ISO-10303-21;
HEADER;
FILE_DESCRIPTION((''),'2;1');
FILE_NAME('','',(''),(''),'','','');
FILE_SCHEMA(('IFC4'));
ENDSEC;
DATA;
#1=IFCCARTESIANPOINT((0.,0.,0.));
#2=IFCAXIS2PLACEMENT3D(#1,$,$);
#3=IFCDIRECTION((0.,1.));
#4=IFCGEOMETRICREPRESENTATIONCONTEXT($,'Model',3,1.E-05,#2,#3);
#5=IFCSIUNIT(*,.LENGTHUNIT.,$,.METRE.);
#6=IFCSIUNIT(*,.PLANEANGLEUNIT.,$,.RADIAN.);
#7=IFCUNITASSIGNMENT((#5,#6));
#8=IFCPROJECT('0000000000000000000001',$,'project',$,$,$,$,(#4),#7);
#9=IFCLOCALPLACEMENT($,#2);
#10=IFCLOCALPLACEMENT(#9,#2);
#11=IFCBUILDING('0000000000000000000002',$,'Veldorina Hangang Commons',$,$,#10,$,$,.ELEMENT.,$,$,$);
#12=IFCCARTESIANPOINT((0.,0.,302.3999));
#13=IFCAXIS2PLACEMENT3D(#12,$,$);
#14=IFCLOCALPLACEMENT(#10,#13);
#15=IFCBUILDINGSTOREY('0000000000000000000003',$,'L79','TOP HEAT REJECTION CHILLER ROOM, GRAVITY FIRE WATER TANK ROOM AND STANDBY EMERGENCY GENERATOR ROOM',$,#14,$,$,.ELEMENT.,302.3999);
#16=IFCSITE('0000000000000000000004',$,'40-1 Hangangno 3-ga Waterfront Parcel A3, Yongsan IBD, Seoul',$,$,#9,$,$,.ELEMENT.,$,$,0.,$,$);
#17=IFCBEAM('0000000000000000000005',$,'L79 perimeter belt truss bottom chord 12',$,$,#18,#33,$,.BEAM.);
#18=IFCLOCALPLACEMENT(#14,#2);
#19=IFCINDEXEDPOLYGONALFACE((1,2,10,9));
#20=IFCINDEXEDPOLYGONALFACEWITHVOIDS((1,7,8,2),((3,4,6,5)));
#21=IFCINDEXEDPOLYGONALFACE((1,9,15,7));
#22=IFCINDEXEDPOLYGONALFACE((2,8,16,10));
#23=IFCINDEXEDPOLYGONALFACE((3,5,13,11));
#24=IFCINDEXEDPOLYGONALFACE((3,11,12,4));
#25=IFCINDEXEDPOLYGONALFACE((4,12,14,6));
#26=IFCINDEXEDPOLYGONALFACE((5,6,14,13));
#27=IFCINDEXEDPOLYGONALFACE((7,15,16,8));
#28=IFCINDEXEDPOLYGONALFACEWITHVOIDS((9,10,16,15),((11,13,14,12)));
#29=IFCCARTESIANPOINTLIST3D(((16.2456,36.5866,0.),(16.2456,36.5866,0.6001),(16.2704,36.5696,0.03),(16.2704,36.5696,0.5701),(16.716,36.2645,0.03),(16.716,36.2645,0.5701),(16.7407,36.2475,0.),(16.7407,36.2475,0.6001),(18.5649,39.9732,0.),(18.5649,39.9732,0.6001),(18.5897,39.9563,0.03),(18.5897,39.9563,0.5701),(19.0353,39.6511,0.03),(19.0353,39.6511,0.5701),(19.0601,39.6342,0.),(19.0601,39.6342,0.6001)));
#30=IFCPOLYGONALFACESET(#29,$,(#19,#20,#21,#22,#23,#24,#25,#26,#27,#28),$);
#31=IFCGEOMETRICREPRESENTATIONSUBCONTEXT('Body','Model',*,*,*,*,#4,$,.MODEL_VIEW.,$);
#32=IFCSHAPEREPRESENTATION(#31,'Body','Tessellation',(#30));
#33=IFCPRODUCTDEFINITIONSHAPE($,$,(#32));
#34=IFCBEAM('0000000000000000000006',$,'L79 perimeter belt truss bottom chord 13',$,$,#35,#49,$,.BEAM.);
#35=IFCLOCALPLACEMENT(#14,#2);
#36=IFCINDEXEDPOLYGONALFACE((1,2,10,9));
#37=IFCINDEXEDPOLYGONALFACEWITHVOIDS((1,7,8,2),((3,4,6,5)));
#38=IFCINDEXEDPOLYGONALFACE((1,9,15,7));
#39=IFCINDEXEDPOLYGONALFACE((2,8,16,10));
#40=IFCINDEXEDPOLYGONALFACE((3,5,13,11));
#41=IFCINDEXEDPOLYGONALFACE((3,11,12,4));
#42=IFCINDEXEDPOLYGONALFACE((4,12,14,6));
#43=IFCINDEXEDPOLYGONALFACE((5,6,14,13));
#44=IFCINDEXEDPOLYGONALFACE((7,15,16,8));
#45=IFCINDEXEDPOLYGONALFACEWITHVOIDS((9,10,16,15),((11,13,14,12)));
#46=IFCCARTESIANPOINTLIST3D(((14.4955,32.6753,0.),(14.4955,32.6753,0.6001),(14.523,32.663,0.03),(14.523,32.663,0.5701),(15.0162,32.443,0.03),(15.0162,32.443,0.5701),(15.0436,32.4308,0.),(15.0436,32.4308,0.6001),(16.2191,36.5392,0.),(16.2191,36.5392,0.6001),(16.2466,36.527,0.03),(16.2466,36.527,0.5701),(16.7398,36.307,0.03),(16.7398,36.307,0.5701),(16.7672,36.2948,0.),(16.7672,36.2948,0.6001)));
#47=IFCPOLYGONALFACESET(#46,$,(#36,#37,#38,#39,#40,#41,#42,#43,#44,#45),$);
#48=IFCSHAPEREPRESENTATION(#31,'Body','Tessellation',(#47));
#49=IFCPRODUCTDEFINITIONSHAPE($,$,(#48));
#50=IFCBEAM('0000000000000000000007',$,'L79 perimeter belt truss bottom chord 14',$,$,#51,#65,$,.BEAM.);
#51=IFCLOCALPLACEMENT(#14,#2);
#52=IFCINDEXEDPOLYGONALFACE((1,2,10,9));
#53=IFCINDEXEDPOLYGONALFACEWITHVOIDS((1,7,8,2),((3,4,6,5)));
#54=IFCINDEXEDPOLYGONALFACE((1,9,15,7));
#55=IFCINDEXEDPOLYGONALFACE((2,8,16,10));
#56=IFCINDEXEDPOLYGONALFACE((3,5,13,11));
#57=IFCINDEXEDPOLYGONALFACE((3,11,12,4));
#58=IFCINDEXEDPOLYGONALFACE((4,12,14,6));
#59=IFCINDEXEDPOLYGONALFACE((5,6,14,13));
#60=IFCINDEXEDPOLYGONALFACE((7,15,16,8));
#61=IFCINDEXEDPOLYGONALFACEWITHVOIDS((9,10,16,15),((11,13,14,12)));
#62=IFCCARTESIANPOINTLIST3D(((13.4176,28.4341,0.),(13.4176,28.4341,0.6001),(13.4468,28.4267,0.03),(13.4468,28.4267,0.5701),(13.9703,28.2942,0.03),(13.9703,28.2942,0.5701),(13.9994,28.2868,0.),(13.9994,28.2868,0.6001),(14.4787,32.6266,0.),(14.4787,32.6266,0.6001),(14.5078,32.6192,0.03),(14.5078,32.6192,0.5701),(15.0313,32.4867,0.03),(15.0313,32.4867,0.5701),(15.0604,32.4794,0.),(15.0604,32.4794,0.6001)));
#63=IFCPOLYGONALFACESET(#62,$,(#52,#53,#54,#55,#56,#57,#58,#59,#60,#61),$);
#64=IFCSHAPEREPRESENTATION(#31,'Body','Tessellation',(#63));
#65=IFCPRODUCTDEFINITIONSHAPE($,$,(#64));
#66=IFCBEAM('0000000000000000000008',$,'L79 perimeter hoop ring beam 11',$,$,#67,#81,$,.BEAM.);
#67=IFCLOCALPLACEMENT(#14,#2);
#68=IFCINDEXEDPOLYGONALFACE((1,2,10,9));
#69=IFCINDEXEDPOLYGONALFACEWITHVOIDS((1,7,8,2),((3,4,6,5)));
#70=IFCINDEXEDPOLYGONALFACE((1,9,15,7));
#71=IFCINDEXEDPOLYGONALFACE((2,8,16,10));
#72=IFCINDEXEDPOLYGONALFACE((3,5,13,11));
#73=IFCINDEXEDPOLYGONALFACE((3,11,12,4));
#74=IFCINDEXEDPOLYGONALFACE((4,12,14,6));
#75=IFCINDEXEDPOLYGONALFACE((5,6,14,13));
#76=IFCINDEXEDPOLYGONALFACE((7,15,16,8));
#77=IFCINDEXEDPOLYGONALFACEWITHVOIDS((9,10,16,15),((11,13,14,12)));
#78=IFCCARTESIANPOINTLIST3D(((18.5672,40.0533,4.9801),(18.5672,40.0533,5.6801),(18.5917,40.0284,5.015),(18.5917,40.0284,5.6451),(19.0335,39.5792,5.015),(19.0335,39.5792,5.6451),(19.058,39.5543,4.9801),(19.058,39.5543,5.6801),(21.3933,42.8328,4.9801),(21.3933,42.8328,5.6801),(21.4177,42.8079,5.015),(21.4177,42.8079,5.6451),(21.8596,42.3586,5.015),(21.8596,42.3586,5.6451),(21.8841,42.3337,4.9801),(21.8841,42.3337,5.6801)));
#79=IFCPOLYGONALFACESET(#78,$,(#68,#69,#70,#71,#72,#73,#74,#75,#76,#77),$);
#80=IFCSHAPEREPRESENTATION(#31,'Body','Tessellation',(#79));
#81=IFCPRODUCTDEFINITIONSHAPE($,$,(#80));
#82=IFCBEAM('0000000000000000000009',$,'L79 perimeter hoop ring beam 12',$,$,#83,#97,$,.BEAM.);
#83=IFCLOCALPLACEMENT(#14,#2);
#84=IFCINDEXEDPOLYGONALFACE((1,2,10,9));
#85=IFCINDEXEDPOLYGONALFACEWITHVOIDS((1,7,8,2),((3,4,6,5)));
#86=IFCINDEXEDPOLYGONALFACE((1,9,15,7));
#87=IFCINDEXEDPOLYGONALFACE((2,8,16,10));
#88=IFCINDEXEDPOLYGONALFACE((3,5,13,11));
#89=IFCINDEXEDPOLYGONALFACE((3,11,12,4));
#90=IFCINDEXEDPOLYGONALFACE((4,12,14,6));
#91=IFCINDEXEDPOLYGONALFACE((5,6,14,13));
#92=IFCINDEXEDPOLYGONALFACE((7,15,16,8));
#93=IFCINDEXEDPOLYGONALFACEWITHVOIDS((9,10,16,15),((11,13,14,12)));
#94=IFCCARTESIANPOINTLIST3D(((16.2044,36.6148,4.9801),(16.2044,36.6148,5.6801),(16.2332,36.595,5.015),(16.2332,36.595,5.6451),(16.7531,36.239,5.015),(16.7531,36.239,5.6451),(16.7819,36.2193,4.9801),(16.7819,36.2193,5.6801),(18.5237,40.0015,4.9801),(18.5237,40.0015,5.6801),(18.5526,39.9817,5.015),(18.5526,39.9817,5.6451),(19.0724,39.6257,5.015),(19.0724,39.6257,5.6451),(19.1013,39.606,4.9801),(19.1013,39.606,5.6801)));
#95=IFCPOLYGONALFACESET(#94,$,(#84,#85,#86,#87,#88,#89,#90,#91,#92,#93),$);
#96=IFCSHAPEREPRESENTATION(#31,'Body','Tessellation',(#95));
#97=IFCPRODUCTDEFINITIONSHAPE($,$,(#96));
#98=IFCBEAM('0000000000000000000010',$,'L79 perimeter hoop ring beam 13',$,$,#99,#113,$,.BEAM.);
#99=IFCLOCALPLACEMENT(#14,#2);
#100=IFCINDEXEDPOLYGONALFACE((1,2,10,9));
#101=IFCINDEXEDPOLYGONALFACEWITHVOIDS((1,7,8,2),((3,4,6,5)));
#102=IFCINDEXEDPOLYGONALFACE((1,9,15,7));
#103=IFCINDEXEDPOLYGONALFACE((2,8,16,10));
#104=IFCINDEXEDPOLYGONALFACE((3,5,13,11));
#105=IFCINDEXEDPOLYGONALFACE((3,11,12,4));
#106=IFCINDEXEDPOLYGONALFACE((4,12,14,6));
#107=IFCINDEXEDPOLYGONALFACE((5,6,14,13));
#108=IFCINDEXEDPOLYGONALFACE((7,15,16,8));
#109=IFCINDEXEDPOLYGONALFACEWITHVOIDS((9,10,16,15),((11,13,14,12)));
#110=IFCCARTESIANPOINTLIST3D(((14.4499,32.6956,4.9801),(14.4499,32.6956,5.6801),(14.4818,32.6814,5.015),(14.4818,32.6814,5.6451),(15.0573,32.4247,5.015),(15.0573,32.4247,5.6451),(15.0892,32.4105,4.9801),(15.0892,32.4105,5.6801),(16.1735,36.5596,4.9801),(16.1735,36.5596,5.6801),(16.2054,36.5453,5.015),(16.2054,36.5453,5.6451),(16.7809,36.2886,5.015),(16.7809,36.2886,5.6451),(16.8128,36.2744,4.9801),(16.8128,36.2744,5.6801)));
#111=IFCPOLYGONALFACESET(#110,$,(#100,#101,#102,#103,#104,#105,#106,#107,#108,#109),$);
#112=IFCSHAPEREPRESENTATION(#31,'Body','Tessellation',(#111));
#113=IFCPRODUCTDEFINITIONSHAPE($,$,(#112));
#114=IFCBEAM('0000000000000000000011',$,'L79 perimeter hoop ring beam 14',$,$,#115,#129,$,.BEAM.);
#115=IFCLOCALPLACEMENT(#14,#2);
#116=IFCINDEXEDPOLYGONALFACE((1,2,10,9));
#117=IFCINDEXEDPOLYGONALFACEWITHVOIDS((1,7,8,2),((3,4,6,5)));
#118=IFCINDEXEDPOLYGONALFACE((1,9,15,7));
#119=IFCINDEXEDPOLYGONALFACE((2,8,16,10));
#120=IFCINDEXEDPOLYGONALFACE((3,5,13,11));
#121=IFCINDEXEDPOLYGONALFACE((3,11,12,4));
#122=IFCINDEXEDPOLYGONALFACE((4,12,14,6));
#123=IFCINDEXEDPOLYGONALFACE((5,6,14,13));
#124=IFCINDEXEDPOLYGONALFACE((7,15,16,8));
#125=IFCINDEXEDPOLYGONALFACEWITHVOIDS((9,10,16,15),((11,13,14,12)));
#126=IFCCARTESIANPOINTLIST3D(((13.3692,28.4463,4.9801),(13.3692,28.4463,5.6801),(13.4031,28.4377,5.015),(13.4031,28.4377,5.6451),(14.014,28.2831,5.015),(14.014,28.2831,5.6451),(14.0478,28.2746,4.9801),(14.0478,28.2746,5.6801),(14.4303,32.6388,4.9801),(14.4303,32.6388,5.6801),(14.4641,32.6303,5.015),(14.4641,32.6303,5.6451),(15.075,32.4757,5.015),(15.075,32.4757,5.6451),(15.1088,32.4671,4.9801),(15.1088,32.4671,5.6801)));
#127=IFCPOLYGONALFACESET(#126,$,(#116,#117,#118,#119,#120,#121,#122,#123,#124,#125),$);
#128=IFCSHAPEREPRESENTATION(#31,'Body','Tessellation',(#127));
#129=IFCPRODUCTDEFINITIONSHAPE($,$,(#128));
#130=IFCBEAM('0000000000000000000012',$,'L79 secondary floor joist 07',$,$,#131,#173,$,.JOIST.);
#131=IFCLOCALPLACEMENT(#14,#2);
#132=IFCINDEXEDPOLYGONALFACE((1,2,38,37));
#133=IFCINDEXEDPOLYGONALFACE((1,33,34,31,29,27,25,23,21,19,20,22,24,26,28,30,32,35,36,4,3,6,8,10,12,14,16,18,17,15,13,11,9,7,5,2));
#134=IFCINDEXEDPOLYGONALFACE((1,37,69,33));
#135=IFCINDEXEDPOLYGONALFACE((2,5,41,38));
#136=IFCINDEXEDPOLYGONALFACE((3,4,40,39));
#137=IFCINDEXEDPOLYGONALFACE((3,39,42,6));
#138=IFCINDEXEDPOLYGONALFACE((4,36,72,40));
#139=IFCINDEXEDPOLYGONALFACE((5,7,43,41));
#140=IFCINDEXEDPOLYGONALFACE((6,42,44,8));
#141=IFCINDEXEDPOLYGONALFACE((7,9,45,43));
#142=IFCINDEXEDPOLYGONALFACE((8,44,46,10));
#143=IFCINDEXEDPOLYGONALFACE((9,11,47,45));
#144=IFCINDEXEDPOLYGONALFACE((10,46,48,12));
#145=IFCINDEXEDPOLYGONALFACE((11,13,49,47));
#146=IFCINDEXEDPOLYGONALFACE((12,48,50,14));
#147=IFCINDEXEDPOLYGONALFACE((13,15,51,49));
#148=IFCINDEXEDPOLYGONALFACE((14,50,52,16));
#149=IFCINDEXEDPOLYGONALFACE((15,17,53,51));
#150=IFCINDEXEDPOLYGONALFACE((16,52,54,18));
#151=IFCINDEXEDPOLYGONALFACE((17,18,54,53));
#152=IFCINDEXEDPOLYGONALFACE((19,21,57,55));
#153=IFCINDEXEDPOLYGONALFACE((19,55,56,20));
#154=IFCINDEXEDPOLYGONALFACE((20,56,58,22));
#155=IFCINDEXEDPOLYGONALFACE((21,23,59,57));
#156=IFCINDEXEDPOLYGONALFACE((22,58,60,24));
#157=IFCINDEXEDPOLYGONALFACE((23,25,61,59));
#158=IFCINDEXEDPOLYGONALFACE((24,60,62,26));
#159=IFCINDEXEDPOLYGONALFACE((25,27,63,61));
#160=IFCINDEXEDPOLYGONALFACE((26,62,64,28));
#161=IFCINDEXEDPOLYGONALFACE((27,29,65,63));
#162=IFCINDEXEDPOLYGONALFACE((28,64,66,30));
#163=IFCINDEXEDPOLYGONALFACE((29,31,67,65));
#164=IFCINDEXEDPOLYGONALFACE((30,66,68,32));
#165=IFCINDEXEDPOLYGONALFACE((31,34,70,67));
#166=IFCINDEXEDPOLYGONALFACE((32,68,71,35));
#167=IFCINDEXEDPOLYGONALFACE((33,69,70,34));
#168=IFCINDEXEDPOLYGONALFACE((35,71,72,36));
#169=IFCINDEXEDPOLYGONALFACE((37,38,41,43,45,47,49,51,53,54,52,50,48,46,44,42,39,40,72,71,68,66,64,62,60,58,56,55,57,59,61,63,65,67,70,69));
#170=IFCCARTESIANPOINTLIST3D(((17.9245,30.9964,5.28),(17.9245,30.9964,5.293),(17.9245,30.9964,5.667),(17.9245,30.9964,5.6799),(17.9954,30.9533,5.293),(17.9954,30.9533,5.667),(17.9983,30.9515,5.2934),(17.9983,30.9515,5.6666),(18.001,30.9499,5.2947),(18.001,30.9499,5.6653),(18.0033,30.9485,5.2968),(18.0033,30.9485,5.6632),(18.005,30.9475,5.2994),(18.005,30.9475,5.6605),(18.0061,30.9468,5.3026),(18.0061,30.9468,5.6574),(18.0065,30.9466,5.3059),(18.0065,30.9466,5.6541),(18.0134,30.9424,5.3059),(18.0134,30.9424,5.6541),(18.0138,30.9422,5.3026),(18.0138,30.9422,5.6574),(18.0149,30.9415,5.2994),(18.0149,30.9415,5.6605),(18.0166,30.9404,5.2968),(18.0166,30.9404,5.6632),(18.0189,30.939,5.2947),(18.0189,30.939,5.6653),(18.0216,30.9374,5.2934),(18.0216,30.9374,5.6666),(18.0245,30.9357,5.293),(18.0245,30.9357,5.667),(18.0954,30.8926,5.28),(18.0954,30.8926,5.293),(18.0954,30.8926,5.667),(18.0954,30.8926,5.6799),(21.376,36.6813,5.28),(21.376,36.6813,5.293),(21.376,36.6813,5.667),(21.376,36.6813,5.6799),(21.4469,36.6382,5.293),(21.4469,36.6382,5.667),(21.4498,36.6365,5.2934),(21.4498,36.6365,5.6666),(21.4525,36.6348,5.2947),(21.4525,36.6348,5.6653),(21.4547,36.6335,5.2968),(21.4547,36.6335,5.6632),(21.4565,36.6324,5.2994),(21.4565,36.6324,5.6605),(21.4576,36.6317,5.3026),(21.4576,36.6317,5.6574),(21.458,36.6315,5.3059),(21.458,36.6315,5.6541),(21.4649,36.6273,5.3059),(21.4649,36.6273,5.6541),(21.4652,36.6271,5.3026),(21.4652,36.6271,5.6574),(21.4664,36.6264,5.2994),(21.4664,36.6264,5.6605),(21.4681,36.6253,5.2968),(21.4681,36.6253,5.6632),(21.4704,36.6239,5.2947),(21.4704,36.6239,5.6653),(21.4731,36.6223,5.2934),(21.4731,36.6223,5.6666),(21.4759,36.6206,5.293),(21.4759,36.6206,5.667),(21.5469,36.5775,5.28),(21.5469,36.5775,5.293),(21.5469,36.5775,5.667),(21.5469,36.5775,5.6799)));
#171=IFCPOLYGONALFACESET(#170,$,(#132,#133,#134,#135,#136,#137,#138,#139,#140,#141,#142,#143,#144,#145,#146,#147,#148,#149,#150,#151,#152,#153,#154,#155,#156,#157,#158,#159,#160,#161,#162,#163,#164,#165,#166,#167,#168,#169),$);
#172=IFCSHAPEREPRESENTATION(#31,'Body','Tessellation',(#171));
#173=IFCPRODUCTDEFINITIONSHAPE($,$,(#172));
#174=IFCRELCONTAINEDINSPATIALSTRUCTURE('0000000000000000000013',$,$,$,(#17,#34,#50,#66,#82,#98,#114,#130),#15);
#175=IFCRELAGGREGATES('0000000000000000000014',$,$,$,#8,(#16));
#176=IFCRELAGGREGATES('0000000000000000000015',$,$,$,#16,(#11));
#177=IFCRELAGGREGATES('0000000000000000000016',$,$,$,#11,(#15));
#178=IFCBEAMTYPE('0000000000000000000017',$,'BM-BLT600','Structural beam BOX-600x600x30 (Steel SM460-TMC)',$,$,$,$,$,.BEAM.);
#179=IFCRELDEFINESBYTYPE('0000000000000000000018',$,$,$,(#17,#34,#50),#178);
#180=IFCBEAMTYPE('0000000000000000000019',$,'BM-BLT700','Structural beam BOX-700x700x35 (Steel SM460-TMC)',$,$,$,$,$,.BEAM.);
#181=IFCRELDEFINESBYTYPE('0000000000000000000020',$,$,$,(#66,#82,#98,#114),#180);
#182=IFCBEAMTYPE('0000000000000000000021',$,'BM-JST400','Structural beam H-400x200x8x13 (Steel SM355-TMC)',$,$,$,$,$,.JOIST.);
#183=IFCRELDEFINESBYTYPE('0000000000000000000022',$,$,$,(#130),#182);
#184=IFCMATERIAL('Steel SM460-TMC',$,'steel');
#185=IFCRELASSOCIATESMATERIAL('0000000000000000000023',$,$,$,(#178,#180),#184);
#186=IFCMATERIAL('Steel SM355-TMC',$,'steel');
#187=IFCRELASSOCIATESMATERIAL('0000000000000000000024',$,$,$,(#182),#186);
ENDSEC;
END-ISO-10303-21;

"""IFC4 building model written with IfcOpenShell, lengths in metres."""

from ifc_helpers import new_model, si_unit, direction, frame, origin, origin_2d, place, context, subcontext, project, spatial, hollow_rectangle, i_section, extrude, material, material_profile, profile_set, type_object, element, save


model = new_model("IFC4")

# Units and contexts
model_context = context("Model", 3, precision=1e-05, world=origin(), true_north=direction((0.0, 1.0)))
body_context = subcontext(model_context, "Body", "Model", "MODEL_VIEW")
ifc_project = project(units=[si_unit("LENGTHUNIT", "METRE"), si_unit("PLANEANGLEUNIT", "RADIAN")], contexts=[model_context])

# Site, building, storey
site_placement = place(None, origin())
site = spatial("IfcSite", under=ifc_project, at=site_placement, Name="40-1 Hangangno 3-ga Waterfront Parcel A3, Yongsan IBD, Seoul", CompositionType="ELEMENT", RefElevation=0.0)
building_placement = place(site_placement, origin())
building = spatial("IfcBuilding", under=site, at=building_placement, Name="Veldorina Hangang Commons", CompositionType="ELEMENT")
storey_placement = place(building_placement, frame((0.0, 0.0, 302.3999)))
storey = spatial("IfcBuildingStorey", under=building, at=storey_placement, Name="L79", Description="TOP HEAT REJECTION CHILLER ROOM, GRAVITY FIRE WATER TANK ROOM AND STANDBY EMERGENCY GENERATOR ROOM", CompositionType="ELEMENT", Elevation=302.3999)

# Beams
ifc_material_1 = material(Name="Steel SM460-TMC", Category="steel")
ifc_material_profile_1 = material_profile(ifc_material_1, hollow_rectangle(XDim=0.6001, YDim=0.6001, WallThickness=0.03, at=origin_2d()), Name="BOX-600x600x30")
ifc_profile_set_1 = profile_set([ifc_material_profile_1], Name="Steel SM460-TMC")
beam_type_1 = type_object("IfcBeamType", Name="BM-BLT600", Description="Structural beam BOX-600x600x30 (Steel SM460-TMC)", PredefinedType="BEAM", material=ifc_profile_set_1)
beam_1_placement = place(storey_placement, frame((18.8125, 39.8037, 0.3), z_axis=(-0.565034, -0.825068, 0.0), x_axis=(0.825068, -0.565034, 0.0)))
element("IfcBeam", 1, at=beam_1_placement, inside=storey, type_object=beam_type_1, Name="L79 perimeter belt truss bottom chord 12", PredefinedType="BEAM", context=body_context, shape_type="SweptSolid", body=[
    extrude(hollow_rectangle(XDim=0.6001, YDim=0.6001, WallThickness=0.03, at=origin_2d()), origin(), (0.0, 0.0, 1.0), 4.1047),
])
beam_2_placement = place(storey_placement, frame((16.4932, 36.417, 0.3), z_axis=(-0.40738, -0.913259, 0.0), x_axis=(0.913259, -0.40738, 0.0)))
element("IfcBeam", 2, at=beam_2_placement, inside=storey, type_object=beam_type_1, Name="L79 perimeter belt truss bottom chord 13", PredefinedType="BEAM", context=body_context, shape_type="SweptSolid", body=[
    extrude(hollow_rectangle(XDim=0.6001, YDim=0.6001, WallThickness=0.03, at=origin_2d()), origin(), (0.0, 0.0, 1.0), 4.231),
])
beam_3_placement = place(storey_placement, frame((14.7695, 32.553, 0.3), z_axis=(-0.245337, -0.969438, 0.0), x_axis=(0.969438, -0.245337, 0.0)))
element("IfcBeam", 3, at=beam_3_placement, inside=storey, type_object=beam_type_1, Name="L79 perimeter belt truss bottom chord 14", PredefinedType="BEAM", context=body_context, shape_type="SweptSolid", body=[
    extrude(hollow_rectangle(XDim=0.6001, YDim=0.6001, WallThickness=0.03, at=origin_2d()), origin(), (0.0, 0.0, 1.0), 4.3247),
])
ifc_material_profile_2 = material_profile(ifc_material_1, hollow_rectangle(XDim=0.7, YDim=0.7, WallThickness=0.0349, at=origin_2d()), Name="BOX-700x700x35")
ifc_profile_set_2 = profile_set([ifc_material_profile_2], Name="Steel SM460-TMC")
beam_type_2 = type_object("IfcBeamType", Name="BM-BLT700", Description="Structural beam BOX-700x700x35 (Steel SM460-TMC)", PredefinedType="BEAM", material=ifc_profile_set_2)
beam_4_placement = place(storey_placement, frame((21.6387, 42.5833, 5.3301), z_axis=(-0.712964, -0.7012, 0.0), x_axis=(0.7012, -0.712964, 0.0)))
element("IfcBeam", 4, at=beam_4_placement, inside=storey, type_object=beam_type_2, Name="L79 perimeter hoop ring beam 11", PredefinedType="BEAM", context=body_context, shape_type="SweptSolid", body=[
    extrude(hollow_rectangle(XDim=0.7, YDim=0.7, WallThickness=0.0349, at=origin_2d()), origin(), (0.0, 0.0, 1.0), 3.9639),
])
beam_5_placement = place(storey_placement, frame((18.8125, 39.8037, 5.3301), z_axis=(-0.565034, -0.825068, 0.0), x_axis=(0.825068, -0.565034, 0.0)))
element("IfcBeam", 5, at=beam_5_placement, inside=storey, type_object=beam_type_2, Name="L79 perimeter hoop ring beam 12", PredefinedType="BEAM", context=body_context, shape_type="SweptSolid", body=[
    extrude(hollow_rectangle(XDim=0.7, YDim=0.7, WallThickness=0.0349, at=origin_2d()), origin(), (0.0, 0.0, 1.0), 4.1047),
])
beam_6_placement = place(storey_placement, frame((16.4932, 36.417, 5.3301), z_axis=(-0.40738, -0.913259, 0.0), x_axis=(0.913259, -0.40738, 0.0)))
element("IfcBeam", 6, at=beam_6_placement, inside=storey, type_object=beam_type_2, Name="L79 perimeter hoop ring beam 13", PredefinedType="BEAM", context=body_context, shape_type="SweptSolid", body=[
    extrude(hollow_rectangle(XDim=0.7, YDim=0.7, WallThickness=0.0349, at=origin_2d()), origin(), (0.0, 0.0, 1.0), 4.231),
])
beam_7_placement = place(storey_placement, frame((14.7695, 32.553, 5.3301), z_axis=(-0.245337, -0.969438, 0.0), x_axis=(0.969438, -0.245337, 0.0)))
element("IfcBeam", 7, at=beam_7_placement, inside=storey, type_object=beam_type_2, Name="L79 perimeter hoop ring beam 14", PredefinedType="BEAM", context=body_context, shape_type="SweptSolid", body=[
    extrude(hollow_rectangle(XDim=0.7, YDim=0.7, WallThickness=0.0349, at=origin_2d()), origin(), (0.0, 0.0, 1.0), 4.3247),
])
ifc_material_2 = material(Name="Steel SM355-TMC", Category="steel")
ifc_material_profile_3 = material_profile(ifc_material_2, i_section(OverallWidth=0.2, OverallDepth=0.3999, WebThickness=0.0081, FlangeThickness=0.0129, FilletRadius=0.0129, at=origin_2d()), Name="H-400x200x8x13")
ifc_profile_set_3 = profile_set([ifc_material_profile_3], Name="Steel SM355-TMC")
beam_type_3 = type_object("IfcBeamType", Name="BM-JST400", Description="Structural beam H-400x200x8x13 (Steel SM355-TMC)", PredefinedType="JOIST", material=ifc_profile_set_3)
beam_8_placement = place(storey_placement, frame((21.4614, 36.6294, 5.48), z_axis=(-0.51897, -0.854793, 0.0), x_axis=(0.854793, -0.51897, 0.0)))
element("IfcBeam", 8, at=beam_8_placement, inside=storey, type_object=beam_type_3, Name="L79 secondary floor joist 07", PredefinedType="JOIST", context=body_context, shape_type="SweptSolid", body=[
    extrude(i_section(OverallWidth=0.2, OverallDepth=0.3999, WebThickness=0.0081, FlangeThickness=0.0129, FilletRadius=0.0129, at=origin_2d()), origin(), (0.0, 0.0, 1.0), 6.6506),
])

save(model, "model.ifc")
